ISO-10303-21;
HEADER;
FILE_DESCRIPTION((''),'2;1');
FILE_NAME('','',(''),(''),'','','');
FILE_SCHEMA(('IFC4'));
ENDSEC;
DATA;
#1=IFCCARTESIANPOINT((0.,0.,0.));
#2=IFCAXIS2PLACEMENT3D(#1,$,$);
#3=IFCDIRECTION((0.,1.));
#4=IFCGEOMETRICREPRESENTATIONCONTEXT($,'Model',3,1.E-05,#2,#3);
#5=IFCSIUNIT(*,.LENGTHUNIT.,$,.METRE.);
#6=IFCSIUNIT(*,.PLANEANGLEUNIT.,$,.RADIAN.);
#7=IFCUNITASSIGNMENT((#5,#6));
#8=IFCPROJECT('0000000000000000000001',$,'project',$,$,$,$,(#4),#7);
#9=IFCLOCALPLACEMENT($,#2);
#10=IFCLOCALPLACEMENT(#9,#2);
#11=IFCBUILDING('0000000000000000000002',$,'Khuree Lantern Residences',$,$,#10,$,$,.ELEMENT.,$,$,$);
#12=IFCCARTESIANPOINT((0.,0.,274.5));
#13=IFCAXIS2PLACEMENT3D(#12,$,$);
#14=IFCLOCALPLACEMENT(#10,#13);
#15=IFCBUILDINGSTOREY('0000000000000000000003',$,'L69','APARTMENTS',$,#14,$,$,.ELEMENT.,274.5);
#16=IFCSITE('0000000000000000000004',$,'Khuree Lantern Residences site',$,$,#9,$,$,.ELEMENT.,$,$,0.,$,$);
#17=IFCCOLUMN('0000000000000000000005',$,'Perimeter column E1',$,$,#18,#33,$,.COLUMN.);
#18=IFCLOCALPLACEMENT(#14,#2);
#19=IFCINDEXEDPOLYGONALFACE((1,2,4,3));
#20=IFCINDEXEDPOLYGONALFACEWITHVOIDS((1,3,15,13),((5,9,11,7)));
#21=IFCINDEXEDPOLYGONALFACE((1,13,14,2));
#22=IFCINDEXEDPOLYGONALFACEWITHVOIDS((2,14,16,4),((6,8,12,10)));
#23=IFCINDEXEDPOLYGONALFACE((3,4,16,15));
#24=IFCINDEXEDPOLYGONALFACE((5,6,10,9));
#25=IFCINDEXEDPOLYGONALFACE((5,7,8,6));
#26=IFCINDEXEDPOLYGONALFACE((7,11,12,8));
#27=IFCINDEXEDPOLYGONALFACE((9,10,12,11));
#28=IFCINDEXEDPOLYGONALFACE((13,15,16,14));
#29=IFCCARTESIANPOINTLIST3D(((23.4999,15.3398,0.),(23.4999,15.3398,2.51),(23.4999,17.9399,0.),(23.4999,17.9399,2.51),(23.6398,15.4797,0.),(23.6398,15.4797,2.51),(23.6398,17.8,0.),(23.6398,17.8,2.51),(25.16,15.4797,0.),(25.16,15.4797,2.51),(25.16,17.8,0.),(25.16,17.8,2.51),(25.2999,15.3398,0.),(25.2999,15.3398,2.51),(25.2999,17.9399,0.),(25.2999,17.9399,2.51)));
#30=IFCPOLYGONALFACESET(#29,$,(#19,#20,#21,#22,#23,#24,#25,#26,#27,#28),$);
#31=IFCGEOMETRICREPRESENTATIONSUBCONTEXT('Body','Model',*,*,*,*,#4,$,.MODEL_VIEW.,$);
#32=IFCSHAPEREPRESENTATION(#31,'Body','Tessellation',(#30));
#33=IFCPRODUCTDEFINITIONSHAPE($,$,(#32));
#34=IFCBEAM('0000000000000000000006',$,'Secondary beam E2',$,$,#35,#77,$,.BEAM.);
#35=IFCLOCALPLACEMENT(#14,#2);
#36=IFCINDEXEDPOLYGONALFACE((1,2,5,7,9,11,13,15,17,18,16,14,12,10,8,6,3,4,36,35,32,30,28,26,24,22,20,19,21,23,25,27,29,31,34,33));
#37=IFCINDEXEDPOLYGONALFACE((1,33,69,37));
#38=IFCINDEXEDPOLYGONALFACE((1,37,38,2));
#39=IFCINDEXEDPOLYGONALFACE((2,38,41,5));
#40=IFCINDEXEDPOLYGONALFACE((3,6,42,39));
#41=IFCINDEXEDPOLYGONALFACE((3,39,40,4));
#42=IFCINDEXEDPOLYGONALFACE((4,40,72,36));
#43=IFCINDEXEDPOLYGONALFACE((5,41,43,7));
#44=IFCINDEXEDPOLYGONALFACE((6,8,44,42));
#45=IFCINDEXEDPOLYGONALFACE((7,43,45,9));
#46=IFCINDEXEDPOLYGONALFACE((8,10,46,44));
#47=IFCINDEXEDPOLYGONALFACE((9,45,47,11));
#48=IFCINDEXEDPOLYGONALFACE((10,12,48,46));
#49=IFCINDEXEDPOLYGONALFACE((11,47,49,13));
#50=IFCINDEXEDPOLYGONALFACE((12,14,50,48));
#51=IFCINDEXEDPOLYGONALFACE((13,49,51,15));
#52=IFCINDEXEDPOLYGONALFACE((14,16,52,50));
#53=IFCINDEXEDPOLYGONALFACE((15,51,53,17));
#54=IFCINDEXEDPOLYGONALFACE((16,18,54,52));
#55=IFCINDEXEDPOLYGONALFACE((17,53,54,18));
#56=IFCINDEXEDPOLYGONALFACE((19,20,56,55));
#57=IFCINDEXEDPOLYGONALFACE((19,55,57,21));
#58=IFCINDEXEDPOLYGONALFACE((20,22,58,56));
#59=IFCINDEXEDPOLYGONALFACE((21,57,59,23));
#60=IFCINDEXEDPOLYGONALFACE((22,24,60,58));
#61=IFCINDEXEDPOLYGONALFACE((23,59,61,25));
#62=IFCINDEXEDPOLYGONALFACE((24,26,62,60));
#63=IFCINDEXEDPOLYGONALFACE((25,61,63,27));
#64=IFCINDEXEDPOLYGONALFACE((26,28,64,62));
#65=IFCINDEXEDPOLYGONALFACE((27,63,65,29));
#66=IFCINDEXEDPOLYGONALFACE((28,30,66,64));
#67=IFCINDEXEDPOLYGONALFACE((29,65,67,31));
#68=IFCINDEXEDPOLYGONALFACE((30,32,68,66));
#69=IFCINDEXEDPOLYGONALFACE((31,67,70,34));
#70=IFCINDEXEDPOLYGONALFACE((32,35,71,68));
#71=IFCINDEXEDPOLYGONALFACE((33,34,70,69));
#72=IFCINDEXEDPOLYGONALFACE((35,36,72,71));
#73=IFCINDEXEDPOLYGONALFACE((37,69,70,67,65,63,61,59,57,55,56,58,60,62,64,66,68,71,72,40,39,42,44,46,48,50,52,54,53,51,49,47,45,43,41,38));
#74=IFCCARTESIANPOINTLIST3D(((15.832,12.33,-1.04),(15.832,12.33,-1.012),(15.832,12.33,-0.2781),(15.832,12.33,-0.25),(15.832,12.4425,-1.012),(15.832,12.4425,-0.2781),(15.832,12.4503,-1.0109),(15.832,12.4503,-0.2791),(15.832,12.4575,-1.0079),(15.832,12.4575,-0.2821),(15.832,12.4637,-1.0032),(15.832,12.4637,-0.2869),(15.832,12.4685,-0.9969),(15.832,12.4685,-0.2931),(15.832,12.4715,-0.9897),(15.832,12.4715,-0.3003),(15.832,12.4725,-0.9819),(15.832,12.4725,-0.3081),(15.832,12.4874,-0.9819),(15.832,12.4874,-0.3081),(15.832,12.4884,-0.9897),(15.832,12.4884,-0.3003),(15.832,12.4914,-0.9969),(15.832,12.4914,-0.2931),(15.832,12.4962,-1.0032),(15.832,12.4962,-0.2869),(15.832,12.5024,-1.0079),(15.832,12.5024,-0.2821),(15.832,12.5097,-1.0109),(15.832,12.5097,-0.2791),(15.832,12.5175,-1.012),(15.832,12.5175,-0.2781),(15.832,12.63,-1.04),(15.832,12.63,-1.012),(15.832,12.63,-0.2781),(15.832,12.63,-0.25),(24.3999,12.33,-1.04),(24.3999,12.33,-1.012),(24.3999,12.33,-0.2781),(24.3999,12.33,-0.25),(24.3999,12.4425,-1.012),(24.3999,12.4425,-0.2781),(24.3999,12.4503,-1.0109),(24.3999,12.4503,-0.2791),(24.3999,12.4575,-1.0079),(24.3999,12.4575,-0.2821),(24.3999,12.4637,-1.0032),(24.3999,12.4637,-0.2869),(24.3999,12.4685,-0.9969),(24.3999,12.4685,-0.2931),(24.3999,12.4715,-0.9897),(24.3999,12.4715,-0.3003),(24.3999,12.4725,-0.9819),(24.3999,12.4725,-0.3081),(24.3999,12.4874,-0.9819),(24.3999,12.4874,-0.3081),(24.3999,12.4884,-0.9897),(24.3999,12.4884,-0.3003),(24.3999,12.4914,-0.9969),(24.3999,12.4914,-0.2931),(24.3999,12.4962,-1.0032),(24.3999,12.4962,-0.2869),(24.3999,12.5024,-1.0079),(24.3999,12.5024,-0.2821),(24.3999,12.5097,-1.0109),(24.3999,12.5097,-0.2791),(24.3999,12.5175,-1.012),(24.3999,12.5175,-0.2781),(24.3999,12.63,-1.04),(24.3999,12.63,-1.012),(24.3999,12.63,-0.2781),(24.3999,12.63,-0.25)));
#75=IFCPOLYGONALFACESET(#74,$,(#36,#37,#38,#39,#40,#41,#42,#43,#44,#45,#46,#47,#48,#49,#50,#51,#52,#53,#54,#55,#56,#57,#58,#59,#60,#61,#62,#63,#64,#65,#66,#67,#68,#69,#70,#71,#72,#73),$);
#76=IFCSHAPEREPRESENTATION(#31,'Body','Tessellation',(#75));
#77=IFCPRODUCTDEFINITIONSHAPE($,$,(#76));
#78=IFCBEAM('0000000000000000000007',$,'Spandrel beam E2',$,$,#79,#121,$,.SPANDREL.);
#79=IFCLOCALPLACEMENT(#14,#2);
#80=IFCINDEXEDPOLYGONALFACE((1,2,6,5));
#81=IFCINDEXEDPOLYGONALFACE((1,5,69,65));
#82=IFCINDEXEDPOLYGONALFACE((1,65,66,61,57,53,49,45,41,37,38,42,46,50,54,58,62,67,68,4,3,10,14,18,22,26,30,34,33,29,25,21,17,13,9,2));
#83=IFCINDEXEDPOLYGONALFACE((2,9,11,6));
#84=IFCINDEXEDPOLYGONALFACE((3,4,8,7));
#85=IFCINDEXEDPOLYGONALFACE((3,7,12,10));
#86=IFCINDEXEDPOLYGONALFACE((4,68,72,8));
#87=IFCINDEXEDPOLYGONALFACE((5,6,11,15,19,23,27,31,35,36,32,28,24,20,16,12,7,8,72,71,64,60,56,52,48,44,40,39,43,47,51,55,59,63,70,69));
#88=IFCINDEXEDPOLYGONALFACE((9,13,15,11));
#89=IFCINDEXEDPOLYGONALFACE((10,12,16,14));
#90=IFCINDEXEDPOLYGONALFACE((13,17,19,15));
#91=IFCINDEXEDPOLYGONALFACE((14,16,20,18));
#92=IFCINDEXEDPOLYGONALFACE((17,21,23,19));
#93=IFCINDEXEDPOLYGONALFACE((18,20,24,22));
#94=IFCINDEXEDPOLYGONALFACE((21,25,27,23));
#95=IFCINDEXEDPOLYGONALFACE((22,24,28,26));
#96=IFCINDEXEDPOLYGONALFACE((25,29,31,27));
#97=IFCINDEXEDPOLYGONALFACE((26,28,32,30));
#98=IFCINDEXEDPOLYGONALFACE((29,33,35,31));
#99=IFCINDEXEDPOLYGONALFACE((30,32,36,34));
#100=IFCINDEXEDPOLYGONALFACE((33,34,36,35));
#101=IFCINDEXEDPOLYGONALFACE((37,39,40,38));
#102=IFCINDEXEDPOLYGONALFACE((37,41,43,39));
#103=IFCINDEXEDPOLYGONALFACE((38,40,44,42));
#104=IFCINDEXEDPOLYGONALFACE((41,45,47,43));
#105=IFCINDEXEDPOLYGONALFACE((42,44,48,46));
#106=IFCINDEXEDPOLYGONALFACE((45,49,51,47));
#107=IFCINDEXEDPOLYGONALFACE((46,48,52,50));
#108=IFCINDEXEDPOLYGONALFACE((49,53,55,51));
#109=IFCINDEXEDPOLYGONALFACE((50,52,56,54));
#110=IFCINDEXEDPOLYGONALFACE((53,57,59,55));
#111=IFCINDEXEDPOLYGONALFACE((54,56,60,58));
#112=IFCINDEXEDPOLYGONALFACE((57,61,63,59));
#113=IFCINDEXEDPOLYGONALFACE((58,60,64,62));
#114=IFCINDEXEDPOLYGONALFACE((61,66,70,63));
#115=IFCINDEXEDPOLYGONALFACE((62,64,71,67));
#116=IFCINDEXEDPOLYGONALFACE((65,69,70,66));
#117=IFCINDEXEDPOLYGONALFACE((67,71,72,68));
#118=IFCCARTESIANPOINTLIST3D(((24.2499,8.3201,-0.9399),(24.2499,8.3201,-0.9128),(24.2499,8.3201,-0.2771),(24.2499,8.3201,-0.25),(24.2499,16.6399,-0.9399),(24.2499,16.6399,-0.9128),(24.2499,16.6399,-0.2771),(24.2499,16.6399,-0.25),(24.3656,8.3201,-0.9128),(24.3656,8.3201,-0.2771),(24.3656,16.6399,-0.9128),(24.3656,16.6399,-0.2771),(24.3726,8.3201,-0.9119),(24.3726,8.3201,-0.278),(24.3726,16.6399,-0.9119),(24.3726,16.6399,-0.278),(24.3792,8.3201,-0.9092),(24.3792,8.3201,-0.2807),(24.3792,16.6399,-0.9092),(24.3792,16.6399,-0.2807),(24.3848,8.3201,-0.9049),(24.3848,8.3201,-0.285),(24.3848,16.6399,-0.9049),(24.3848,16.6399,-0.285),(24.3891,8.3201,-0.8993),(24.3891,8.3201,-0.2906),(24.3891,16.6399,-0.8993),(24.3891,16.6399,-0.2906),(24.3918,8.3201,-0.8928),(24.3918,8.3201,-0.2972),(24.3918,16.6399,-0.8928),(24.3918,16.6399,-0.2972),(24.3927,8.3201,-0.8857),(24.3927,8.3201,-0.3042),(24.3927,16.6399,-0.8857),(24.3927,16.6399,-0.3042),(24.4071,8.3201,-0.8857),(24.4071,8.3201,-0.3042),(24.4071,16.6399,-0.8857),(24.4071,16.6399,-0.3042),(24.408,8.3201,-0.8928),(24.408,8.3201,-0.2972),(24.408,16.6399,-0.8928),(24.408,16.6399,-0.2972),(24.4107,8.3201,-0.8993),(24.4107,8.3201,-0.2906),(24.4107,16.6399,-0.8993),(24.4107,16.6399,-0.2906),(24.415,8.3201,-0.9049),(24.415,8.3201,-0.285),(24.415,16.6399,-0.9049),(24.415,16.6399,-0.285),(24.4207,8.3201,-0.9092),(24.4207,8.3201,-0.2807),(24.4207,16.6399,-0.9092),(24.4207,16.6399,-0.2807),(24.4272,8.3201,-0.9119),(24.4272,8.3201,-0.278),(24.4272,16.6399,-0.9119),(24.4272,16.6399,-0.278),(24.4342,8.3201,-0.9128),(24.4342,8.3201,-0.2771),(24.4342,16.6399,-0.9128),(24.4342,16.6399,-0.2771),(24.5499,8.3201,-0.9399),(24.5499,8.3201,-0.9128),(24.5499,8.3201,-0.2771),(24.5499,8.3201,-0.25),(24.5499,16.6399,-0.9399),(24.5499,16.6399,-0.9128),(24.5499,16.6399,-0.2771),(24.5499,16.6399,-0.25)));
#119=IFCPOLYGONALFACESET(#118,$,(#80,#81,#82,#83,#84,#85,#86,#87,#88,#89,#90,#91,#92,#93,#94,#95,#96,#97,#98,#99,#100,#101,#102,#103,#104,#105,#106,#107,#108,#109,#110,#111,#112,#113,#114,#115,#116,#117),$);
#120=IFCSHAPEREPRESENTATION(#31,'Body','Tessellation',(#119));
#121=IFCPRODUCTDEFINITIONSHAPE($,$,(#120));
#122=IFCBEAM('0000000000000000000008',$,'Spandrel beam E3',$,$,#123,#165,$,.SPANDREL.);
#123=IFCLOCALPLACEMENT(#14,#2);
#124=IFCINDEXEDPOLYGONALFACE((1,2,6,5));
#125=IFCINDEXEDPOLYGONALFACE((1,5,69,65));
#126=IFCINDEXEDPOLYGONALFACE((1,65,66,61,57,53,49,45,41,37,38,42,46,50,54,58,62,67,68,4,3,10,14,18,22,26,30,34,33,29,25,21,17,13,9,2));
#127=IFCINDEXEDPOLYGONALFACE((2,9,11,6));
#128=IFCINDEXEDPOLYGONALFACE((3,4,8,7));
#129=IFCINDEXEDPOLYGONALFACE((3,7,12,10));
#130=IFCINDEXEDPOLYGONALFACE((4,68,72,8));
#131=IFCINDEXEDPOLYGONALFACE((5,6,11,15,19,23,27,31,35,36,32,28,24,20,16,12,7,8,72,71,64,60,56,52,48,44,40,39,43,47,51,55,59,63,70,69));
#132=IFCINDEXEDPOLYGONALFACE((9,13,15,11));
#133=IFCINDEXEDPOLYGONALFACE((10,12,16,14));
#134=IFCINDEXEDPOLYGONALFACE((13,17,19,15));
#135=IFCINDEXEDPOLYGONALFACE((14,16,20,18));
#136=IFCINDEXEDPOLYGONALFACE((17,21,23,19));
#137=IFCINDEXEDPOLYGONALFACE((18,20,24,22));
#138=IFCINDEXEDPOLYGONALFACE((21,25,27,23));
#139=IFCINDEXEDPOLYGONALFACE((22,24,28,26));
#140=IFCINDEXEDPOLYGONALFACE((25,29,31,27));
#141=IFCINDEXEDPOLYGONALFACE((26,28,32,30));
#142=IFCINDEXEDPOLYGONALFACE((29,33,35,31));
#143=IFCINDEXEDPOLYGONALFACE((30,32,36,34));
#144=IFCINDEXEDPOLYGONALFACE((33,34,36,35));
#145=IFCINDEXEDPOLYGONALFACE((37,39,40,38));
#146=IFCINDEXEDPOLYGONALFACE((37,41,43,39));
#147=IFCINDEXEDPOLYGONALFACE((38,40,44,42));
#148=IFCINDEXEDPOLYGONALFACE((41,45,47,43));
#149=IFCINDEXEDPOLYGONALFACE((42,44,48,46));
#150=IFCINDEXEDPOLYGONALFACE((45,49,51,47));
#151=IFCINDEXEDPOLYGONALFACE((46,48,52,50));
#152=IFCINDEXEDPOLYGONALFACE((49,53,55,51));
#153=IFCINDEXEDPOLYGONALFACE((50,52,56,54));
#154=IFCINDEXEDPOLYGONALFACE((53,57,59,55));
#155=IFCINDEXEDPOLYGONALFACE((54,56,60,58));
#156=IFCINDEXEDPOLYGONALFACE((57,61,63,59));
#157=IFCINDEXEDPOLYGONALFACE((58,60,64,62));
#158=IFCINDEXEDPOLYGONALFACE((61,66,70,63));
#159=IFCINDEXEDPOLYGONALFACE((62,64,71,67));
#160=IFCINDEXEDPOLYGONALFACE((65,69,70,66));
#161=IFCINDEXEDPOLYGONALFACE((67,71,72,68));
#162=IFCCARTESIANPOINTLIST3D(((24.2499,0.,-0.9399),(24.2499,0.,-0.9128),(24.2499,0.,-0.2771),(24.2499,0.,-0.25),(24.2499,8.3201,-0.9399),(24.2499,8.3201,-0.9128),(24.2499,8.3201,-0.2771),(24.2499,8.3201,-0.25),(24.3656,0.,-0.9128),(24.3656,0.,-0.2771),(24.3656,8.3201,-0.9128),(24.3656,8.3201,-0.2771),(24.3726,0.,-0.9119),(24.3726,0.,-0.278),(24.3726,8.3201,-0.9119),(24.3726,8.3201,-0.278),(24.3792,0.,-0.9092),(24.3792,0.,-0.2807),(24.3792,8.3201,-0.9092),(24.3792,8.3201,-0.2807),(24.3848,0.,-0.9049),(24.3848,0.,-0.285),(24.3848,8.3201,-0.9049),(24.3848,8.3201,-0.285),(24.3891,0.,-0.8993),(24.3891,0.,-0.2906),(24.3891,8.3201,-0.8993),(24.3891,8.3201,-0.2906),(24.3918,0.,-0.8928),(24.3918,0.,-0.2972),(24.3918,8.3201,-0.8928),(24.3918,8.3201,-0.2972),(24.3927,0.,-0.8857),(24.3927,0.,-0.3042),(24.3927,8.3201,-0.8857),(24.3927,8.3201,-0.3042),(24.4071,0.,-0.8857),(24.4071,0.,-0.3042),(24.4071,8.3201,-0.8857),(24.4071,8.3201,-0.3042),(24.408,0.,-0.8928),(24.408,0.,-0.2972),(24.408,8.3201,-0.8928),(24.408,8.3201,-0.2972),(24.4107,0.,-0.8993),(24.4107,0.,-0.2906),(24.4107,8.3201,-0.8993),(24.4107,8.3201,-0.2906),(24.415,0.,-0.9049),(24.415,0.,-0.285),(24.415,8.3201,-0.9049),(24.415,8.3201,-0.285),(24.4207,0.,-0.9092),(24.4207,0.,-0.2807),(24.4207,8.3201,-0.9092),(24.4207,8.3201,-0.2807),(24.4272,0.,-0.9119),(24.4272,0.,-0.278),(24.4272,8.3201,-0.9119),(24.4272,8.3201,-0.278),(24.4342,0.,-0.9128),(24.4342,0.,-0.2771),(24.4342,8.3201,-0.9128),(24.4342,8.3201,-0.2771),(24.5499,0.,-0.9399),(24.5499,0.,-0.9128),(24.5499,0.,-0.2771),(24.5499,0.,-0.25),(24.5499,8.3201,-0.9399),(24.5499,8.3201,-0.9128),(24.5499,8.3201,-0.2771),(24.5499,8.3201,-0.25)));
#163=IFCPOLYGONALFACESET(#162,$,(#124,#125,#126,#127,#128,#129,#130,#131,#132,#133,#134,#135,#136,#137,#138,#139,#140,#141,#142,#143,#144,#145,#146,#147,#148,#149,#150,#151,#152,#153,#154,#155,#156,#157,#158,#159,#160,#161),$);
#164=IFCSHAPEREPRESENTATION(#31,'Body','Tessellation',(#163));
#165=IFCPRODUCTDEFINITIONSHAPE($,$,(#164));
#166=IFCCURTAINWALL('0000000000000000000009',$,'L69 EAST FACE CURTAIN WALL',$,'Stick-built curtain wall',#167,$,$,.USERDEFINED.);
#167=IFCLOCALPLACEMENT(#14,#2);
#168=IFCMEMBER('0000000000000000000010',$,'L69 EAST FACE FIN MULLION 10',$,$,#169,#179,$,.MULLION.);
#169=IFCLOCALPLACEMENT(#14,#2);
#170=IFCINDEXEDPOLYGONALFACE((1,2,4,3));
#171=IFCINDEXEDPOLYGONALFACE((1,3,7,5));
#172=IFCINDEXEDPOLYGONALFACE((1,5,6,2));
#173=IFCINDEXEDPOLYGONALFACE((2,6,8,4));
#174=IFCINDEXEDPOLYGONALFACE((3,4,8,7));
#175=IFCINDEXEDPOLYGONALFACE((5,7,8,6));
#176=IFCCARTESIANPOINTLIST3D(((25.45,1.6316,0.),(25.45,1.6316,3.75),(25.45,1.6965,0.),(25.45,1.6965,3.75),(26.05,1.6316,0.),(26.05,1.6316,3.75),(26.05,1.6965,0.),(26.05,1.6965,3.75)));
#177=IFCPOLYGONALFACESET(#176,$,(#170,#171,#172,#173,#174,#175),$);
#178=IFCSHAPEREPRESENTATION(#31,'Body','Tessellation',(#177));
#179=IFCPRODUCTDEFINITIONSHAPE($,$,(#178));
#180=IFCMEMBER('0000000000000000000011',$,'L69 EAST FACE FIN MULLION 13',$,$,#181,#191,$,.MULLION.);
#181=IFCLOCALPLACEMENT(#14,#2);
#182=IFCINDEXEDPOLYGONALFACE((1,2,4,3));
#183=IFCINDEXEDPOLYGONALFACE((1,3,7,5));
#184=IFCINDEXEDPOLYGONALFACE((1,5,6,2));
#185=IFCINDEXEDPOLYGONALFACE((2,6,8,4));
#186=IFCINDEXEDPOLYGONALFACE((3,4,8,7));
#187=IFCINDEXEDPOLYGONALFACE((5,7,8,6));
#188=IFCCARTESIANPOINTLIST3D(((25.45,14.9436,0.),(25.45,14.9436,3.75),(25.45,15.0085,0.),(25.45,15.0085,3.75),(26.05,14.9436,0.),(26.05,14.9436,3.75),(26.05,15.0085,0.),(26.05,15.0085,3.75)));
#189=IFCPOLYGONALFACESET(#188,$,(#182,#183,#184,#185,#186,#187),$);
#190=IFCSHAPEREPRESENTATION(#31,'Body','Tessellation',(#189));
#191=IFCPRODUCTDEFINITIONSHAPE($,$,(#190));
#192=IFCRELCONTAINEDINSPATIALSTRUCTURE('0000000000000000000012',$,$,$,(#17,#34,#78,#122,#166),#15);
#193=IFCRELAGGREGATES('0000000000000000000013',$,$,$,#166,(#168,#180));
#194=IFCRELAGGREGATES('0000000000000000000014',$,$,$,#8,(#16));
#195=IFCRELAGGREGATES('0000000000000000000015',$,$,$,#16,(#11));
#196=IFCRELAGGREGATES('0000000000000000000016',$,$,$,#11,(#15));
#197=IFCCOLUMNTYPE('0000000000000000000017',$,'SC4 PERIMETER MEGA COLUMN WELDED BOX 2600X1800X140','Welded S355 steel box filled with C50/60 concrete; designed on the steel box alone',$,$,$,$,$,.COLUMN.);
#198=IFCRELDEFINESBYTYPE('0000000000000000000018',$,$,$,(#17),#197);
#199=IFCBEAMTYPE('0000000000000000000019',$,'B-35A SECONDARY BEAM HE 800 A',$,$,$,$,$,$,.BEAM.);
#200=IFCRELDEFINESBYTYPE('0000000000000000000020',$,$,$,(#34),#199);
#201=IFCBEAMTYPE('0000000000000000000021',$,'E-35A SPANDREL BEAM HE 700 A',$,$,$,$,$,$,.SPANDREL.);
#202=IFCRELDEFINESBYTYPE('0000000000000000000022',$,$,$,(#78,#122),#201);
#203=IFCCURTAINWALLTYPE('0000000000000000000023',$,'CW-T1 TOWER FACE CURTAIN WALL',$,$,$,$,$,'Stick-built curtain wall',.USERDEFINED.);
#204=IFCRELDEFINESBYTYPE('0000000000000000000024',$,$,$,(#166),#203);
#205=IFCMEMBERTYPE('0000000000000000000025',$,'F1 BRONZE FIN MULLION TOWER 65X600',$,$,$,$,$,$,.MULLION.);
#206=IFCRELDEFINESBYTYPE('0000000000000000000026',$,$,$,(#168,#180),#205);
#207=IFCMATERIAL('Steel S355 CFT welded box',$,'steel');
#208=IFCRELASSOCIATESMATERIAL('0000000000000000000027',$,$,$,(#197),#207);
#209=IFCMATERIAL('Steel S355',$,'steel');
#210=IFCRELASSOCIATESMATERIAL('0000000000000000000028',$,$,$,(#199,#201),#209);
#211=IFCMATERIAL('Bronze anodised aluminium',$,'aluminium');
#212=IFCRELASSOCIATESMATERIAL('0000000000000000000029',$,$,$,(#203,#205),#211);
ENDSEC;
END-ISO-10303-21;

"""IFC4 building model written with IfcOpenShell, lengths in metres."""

from ifc_helpers import new_model, si_unit, direction, frame, origin, origin_2d, place, context, subcontext, project, spatial, rectangle, hollow_rectangle, i_section, extrude, material, material_profile, profile_set, type_object, element, aggregate, save


model = new_model("IFC4")

# Units and contexts
model_context = context("Model", 3, precision=1e-05, world=origin(), true_north=direction((0.0, 1.0)))
body_context = subcontext(model_context, "Body", "Model", "MODEL_VIEW")
ifc_project = project(units=[si_unit("LENGTHUNIT", "METRE"), si_unit("PLANEANGLEUNIT", "RADIAN")], contexts=[model_context])

# Site, building, storey
site_placement = place(None, origin())
site = spatial("IfcSite", under=ifc_project, at=site_placement, Name="Khuree Lantern Residences site", CompositionType="ELEMENT", RefElevation=0.0)
building_placement = place(site_placement, origin())
building = spatial("IfcBuilding", under=site, at=building_placement, Name="Khuree Lantern Residences", CompositionType="ELEMENT")
storey_placement = place(building_placement, frame((0.0, 0.0, 274.5)))
storey = spatial("IfcBuildingStorey", under=building, at=storey_placement, Name="L69", Description="APARTMENTS", CompositionType="ELEMENT", Elevation=274.5)

# Column
ifc_material_1 = material(Name="Steel S355 CFT welded box", Category="steel")
ifc_material_profile_1 = material_profile(ifc_material_1, hollow_rectangle(XDim=2.6001, YDim=1.8, WallThickness=0.1399, at=origin_2d()), Name="WELDED BOX 2600X1800X140")
ifc_profile_set_1 = profile_set([ifc_material_profile_1], Name="Steel S355 CFT welded box")
column_type = type_object("IfcColumnType", Name="SC4 PERIMETER MEGA COLUMN WELDED BOX 2600X1800X140", Description="Welded S355 steel box filled with C50/60 concrete; designed on the steel box alone", PredefinedType="COLUMN", material=ifc_profile_set_1)
column_placement = place(storey_placement, frame((24.3999, 16.6399, 0.0), z_axis=(0.0, 0.0, 1.0), x_axis=(0.0, 1.0, 0.0)))
element("IfcColumn", 1, at=column_placement, inside=storey, type_object=column_type, Name="Perimeter column E1", PredefinedType="COLUMN", context=body_context, shape_type="SweptSolid", body=[
    extrude(hollow_rectangle(XDim=2.6001, YDim=1.8, WallThickness=0.1399, at=origin_2d()), origin(), (0.0, 0.0, 1.0), 2.51),
])

# Beams
ifc_material_2 = material(Name="Steel S355", Category="steel")
ifc_material_profile_2 = material_profile(ifc_material_2, i_section(OverallWidth=0.3, OverallDepth=0.79, WebThickness=0.0149, FlangeThickness=0.0281, FilletRadius=0.03, at=origin_2d()), Name="HE 800 A")
ifc_profile_set_2 = profile_set([ifc_material_profile_2], Name="Steel S355")
beam_type_1 = type_object("IfcBeamType", Name="B-35A SECONDARY BEAM HE 800 A", PredefinedType="BEAM", material=ifc_profile_set_2)
beam_1_placement = place(storey_placement, frame((24.3999, 12.48, -0.645), z_axis=(-1.0, 0.0, 0.0), x_axis=(0.0, -1.0, 0.0)))
element("IfcBeam", 2, at=beam_1_placement, inside=storey, type_object=beam_type_1, Name="Secondary beam E2", PredefinedType="BEAM", context=body_context, shape_type="SweptSolid", body=[
    extrude(i_section(OverallWidth=0.3, OverallDepth=0.79, WebThickness=0.0149, FlangeThickness=0.0281, FilletRadius=0.03, at=origin_2d()), origin(), (0.0, 0.0, 1.0), 8.5679),
])
ifc_material_profile_3 = material_profile(ifc_material_2, i_section(OverallWidth=0.3, OverallDepth=0.6899, WebThickness=0.0144, FlangeThickness=0.0271, FilletRadius=0.0271, at=origin_2d()), Name="HE 700 A")
ifc_profile_set_3 = profile_set([ifc_material_profile_3], Name="Steel S355")
beam_type_2 = type_object("IfcBeamType", Name="E-35A SPANDREL BEAM HE 700 A", PredefinedType="SPANDREL", material=ifc_profile_set_3)
beam_2_placement = place(storey_placement, frame((24.3999, 16.6399, -0.595), z_axis=(0.0, -1.0, 0.0), x_axis=(1.0, 0.0, 0.0)))
element("IfcBeam", 3, at=beam_2_placement, inside=storey, type_object=beam_type_2, Name="Spandrel beam E2", PredefinedType="SPANDREL", context=body_context, shape_type="SweptSolid", body=[
    extrude(i_section(OverallWidth=0.3, OverallDepth=0.6899, WebThickness=0.0144, FlangeThickness=0.0271, FilletRadius=0.0271, at=origin_2d()), origin(), (0.0, 0.0, 1.0), 8.3198),
])
beam_3_placement = place(storey_placement, frame((24.3999, 8.3201, -0.595), z_axis=(0.0, -1.0, 0.0), x_axis=(1.0, 0.0, 0.0)))
element("IfcBeam", 4, at=beam_3_placement, inside=storey, type_object=beam_type_2, Name="Spandrel beam E3", PredefinedType="SPANDREL", context=body_context, shape_type="SweptSolid", body=[
    extrude(i_section(OverallWidth=0.3, OverallDepth=0.6899, WebThickness=0.0144, FlangeThickness=0.0271, FilletRadius=0.0271, at=origin_2d()), origin(), (0.0, 0.0, 1.0), 8.3201),
])

# Curtain wall, members
ifc_material_3 = material(Name="Bronze anodised aluminium", Category="aluminium")
curtain_wall_type = type_object("IfcCurtainWallType", Name="CW-T1 TOWER FACE CURTAIN WALL", ElementType="Stick-built curtain wall", PredefinedType="USERDEFINED", material=ifc_material_3)
curtain_wall_placement = place(storey_placement, origin())
curtain_wall = element("IfcCurtainWall", 5, at=curtain_wall_placement, inside=storey, type_object=curtain_wall_type, Name="L69 EAST FACE CURTAIN WALL", ObjectType="Stick-built curtain wall", PredefinedType="USERDEFINED")
ifc_material_profile_4 = material_profile(ifc_material_3, rectangle(XDim=0.0649, YDim=0.6001, at=origin_2d()), Name="F1 65X600")
ifc_profile_set_4 = profile_set([ifc_material_profile_4], Name="Bronze anodised aluminium")
member_type_1 = type_object("IfcMemberType", Name="F1 BRONZE FIN MULLION TOWER 65X600", PredefinedType="MULLION", material=ifc_profile_set_4)
member_1_placement = place(storey_placement, frame((25.75, 1.6641, 0.0), z_axis=(0.0, 0.0, 1.0), x_axis=(0.0, 1.0, 0.0)))
member_1 = element("IfcMember", 6, at=member_1_placement, type_object=member_type_1, Name="L69 EAST FACE FIN MULLION 10", PredefinedType="MULLION", context=body_context, shape_type="SweptSolid", body=[
    extrude(rectangle(XDim=0.0649, YDim=0.6001, at=origin_2d()), origin(), (0.0, 0.0, 1.0), 3.75),
])
member_2_placement = place(storey_placement, frame((25.75, 14.9761, 0.0), z_axis=(0.0, 0.0, 1.0), x_axis=(0.0, 1.0, 0.0)))
member_2 = element("IfcMember", 7, at=member_2_placement, type_object=member_type_1, Name="L69 EAST FACE FIN MULLION 13", PredefinedType="MULLION", context=body_context, shape_type="SweptSolid", body=[
    extrude(rectangle(XDim=0.0649, YDim=0.6001, at=origin_2d()), origin(), (0.0, 0.0, 1.0), 3.75),
])

aggregate(curtain_wall, [member_1, member_2])

save(model, "model.ifc")
